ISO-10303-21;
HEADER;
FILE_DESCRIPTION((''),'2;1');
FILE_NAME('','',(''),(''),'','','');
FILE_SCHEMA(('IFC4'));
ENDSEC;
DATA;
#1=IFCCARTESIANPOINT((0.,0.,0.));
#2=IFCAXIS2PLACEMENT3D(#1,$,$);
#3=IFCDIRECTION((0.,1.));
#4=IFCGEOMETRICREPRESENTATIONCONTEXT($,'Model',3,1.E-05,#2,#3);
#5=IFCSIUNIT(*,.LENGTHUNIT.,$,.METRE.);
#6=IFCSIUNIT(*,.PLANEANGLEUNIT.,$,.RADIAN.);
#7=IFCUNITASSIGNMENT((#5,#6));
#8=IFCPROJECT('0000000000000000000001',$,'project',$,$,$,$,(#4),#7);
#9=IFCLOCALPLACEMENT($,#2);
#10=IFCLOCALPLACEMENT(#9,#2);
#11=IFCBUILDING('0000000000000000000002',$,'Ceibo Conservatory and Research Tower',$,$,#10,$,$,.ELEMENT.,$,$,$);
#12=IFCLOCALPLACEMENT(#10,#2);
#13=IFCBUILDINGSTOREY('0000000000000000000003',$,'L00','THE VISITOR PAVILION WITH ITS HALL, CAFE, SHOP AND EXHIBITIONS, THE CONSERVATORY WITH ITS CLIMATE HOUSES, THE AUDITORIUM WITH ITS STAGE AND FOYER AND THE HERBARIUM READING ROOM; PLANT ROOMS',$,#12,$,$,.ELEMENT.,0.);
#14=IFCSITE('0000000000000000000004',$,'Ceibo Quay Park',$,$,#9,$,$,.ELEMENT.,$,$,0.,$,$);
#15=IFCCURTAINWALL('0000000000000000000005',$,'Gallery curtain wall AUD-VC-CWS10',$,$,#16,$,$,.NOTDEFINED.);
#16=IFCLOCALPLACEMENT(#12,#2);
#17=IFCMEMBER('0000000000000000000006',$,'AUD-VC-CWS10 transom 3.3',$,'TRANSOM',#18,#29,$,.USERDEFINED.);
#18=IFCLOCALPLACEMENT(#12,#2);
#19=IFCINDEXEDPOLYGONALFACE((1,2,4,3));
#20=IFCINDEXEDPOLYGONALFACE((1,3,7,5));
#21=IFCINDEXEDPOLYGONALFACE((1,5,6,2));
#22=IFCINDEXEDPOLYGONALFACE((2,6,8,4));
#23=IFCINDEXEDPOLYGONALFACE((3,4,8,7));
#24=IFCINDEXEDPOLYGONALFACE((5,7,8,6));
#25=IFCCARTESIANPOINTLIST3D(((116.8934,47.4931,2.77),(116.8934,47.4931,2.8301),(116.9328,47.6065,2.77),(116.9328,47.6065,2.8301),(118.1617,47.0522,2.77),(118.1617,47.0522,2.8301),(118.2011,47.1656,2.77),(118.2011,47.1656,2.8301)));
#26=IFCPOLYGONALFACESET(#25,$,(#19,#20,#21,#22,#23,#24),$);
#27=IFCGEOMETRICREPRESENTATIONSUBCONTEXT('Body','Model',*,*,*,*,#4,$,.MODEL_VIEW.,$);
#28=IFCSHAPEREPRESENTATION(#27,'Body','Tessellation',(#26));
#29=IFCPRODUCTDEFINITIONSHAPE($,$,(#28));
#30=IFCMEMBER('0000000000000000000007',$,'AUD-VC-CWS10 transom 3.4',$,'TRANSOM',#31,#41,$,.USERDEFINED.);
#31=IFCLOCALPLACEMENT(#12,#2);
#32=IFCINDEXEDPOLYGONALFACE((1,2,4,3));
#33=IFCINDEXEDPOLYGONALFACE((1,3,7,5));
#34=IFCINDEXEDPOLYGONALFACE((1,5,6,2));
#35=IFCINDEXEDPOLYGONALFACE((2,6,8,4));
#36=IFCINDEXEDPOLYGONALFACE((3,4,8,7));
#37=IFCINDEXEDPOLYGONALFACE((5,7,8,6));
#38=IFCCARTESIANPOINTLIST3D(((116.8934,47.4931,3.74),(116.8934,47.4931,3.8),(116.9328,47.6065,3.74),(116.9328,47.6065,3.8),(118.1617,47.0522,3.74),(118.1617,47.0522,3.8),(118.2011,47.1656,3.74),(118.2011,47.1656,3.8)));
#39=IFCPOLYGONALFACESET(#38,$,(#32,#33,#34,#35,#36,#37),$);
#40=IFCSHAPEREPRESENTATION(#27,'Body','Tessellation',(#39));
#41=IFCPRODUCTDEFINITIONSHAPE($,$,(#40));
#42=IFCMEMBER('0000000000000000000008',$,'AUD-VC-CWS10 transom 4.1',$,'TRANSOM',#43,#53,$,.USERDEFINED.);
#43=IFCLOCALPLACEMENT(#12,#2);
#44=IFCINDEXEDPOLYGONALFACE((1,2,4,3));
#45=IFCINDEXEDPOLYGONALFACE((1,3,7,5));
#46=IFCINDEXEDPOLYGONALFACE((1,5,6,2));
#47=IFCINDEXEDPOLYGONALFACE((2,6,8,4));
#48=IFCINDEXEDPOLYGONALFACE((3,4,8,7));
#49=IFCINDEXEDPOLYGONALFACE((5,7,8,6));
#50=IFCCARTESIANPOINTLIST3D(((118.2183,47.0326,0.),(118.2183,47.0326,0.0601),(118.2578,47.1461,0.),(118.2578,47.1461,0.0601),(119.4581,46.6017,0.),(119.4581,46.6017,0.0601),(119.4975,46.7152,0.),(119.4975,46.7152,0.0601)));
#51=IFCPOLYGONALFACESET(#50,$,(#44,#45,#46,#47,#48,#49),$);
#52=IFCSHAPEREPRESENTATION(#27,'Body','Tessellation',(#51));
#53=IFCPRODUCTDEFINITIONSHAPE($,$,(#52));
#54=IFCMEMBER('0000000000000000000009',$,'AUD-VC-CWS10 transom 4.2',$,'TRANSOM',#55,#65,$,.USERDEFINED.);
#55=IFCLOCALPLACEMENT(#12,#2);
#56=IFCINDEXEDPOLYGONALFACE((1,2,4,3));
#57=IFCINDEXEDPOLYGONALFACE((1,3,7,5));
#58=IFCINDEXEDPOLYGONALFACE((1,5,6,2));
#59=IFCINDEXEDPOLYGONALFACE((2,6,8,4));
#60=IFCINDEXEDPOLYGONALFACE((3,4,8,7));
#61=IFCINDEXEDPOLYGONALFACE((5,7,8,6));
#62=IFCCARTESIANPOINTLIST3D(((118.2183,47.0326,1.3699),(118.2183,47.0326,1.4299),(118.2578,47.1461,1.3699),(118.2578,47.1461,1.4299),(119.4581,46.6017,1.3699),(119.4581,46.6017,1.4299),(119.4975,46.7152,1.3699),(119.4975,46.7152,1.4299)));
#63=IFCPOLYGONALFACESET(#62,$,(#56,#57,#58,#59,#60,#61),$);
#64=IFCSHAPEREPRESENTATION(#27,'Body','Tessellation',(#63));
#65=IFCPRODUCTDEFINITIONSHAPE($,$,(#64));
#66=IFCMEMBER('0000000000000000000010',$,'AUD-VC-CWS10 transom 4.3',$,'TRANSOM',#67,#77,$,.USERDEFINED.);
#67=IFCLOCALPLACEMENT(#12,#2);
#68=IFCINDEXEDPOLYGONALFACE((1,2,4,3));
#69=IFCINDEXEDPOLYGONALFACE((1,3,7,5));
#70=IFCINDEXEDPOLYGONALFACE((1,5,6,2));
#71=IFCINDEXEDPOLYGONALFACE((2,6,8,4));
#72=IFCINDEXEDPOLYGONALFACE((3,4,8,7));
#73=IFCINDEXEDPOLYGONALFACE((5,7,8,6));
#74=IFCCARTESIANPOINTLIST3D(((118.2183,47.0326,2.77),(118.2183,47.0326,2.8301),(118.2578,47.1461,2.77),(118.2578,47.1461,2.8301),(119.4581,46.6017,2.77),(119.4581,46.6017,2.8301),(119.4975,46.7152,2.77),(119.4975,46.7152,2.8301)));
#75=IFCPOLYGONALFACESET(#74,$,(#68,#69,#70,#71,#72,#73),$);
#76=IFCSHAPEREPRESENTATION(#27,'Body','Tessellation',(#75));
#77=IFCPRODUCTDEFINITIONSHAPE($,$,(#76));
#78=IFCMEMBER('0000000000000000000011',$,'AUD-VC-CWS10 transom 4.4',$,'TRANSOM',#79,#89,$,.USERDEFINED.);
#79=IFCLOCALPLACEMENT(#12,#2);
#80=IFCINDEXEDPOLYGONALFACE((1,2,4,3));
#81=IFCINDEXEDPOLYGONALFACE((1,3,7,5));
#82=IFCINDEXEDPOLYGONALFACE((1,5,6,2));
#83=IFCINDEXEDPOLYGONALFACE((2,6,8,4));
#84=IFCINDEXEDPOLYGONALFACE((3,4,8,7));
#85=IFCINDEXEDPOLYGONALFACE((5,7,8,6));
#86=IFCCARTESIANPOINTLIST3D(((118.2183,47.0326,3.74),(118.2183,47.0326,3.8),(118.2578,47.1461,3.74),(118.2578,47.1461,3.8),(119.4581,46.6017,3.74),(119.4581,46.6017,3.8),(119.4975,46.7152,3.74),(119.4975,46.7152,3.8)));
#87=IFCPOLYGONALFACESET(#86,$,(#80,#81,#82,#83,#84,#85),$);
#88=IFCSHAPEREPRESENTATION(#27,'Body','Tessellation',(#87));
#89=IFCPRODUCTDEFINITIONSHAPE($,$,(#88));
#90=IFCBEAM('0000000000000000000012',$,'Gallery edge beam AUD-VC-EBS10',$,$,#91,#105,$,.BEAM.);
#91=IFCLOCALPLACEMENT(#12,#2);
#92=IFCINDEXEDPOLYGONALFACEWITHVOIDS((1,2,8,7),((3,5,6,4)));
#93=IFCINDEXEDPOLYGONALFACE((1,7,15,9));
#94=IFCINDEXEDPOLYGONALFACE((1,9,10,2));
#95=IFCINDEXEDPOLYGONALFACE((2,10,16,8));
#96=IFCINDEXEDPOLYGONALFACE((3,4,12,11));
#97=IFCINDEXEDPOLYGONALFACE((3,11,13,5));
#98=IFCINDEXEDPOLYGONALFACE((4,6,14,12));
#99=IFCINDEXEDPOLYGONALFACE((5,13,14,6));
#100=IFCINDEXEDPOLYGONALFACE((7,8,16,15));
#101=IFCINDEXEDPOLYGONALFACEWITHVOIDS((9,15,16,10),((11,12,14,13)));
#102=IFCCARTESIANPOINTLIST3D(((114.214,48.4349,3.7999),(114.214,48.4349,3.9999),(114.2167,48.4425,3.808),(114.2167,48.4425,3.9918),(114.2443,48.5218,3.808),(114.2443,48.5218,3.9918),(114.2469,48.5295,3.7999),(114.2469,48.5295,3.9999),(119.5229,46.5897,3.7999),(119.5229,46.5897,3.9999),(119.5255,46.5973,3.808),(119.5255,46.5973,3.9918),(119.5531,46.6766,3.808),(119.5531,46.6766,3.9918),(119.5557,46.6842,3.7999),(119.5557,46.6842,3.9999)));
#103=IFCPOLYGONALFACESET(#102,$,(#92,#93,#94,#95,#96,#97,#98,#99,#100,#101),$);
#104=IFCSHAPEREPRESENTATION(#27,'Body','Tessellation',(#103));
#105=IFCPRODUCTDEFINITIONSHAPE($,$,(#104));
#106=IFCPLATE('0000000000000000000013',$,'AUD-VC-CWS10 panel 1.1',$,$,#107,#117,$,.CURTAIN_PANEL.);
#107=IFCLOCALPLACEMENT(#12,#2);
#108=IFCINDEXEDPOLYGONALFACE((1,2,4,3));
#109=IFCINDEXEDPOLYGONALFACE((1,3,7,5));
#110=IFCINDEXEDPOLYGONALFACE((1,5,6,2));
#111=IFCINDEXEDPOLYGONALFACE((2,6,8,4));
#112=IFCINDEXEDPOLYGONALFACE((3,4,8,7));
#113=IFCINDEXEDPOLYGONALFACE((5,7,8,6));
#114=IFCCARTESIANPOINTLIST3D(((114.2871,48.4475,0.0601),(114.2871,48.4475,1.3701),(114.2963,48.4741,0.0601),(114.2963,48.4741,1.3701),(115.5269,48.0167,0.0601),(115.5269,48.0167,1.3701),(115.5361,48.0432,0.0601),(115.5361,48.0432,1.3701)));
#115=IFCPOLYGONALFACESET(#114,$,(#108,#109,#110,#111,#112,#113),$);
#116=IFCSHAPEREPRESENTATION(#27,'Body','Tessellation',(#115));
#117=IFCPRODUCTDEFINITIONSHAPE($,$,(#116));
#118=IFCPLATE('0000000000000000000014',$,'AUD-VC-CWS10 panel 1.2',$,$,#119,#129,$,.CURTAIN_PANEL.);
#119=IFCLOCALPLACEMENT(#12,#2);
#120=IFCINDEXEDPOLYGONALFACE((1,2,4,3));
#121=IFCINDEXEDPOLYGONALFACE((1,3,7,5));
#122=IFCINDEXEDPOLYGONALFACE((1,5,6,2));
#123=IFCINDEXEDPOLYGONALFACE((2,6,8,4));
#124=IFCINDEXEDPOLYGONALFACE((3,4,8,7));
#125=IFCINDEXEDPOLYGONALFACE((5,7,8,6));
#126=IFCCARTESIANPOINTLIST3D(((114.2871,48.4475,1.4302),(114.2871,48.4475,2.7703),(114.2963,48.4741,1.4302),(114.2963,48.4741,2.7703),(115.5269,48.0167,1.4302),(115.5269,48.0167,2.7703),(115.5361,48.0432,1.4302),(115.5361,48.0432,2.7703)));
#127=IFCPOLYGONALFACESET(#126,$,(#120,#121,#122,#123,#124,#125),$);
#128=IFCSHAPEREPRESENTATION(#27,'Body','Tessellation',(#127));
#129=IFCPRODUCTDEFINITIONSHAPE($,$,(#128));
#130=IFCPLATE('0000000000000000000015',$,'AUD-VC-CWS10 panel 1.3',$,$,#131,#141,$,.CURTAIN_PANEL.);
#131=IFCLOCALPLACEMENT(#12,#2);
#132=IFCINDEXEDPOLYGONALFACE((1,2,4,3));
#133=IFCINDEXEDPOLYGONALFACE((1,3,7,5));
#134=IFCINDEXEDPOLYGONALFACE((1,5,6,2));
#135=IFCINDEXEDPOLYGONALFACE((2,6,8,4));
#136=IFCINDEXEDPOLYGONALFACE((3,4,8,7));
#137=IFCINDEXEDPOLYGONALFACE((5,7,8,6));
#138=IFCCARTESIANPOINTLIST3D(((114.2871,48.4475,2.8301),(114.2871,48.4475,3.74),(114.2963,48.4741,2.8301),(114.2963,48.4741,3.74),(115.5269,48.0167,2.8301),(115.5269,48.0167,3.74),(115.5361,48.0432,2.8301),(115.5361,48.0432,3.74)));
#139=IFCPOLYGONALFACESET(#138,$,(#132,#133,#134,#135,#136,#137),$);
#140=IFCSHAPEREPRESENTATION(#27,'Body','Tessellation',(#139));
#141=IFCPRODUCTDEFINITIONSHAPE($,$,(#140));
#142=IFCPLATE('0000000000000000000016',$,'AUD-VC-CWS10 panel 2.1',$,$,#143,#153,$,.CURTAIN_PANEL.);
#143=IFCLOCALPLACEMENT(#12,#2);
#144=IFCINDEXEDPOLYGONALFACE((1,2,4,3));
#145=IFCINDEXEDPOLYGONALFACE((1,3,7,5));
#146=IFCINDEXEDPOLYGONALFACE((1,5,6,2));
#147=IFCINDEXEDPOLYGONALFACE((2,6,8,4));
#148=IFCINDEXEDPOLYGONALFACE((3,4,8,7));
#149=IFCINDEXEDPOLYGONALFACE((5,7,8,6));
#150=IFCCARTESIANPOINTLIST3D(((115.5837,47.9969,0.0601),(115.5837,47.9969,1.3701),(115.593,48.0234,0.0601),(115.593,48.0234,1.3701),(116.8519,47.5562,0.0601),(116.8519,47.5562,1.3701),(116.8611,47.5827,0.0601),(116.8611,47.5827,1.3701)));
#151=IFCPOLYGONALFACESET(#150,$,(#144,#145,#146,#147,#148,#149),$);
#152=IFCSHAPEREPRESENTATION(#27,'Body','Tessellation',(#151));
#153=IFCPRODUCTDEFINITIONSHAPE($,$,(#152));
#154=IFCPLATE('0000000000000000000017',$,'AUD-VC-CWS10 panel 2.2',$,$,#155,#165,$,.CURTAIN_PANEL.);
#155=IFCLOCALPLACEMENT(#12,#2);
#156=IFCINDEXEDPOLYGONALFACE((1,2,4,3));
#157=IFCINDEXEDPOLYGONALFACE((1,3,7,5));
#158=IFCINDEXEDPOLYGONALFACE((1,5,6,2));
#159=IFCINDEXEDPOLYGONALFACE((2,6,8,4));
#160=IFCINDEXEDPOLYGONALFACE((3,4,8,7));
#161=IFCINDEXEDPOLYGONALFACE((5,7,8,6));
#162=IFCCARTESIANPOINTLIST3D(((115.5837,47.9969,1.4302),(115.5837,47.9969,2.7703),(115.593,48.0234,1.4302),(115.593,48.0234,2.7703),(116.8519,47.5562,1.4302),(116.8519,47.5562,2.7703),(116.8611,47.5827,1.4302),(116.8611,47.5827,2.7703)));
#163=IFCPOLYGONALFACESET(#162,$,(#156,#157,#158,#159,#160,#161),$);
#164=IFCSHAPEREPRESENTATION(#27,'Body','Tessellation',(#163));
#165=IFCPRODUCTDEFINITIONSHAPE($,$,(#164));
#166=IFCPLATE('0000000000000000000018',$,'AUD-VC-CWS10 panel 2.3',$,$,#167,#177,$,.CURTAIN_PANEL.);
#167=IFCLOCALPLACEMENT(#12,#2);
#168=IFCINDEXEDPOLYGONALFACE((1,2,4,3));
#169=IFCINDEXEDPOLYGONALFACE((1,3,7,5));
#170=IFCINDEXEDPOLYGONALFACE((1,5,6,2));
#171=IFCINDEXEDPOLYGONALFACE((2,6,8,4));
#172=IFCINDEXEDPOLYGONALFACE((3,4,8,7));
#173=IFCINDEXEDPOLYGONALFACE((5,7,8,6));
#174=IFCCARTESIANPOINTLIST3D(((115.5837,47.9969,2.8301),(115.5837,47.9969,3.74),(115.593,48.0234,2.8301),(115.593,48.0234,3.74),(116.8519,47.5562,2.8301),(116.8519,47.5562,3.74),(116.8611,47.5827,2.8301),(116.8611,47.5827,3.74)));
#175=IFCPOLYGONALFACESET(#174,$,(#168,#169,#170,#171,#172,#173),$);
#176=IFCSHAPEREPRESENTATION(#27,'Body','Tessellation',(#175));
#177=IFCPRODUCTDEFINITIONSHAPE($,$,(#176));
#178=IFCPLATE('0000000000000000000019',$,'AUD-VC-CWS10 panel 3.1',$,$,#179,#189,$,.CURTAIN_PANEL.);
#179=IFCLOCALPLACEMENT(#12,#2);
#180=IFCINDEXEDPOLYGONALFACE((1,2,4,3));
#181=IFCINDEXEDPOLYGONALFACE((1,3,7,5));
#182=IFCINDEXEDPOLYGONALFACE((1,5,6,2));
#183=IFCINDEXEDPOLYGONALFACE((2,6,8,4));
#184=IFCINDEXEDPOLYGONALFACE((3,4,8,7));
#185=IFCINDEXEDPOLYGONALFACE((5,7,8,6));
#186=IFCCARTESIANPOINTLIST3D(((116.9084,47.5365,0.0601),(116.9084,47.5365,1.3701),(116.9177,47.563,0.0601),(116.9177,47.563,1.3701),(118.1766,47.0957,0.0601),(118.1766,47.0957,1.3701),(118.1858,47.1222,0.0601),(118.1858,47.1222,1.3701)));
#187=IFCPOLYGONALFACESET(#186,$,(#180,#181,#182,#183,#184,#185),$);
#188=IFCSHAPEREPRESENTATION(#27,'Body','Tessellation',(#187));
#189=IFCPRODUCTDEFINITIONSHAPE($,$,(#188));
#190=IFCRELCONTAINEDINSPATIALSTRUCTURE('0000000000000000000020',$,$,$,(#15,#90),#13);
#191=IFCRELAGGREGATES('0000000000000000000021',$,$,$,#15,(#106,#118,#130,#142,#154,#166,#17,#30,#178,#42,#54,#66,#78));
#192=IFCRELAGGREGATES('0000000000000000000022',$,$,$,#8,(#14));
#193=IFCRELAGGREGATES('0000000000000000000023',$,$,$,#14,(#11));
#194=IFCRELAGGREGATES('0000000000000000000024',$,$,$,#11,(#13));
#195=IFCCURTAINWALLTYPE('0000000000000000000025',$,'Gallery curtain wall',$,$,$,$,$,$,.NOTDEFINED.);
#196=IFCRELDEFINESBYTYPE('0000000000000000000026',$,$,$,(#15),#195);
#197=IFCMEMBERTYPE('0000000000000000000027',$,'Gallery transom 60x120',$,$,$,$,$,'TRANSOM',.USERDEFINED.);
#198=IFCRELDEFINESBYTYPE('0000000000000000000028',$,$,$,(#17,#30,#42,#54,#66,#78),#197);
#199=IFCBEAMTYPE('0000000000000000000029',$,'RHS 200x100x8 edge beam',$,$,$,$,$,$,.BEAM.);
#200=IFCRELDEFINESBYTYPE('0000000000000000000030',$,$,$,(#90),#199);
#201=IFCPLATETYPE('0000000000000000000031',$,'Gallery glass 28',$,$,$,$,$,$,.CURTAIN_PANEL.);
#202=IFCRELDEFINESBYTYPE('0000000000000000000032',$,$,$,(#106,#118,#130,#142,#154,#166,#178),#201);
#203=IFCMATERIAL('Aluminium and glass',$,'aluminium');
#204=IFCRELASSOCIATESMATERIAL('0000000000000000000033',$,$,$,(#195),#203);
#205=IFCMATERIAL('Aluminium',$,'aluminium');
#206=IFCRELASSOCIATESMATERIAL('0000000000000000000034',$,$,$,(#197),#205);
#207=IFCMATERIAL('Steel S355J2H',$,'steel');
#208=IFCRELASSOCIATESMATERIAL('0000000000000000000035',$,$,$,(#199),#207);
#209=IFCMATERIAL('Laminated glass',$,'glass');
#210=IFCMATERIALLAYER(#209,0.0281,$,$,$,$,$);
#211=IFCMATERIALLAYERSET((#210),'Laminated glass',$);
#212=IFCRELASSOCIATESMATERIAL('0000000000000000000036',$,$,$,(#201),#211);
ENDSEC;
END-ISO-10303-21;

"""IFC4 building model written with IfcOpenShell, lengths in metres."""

from ifc_helpers import new_model, si_unit, direction, frame, origin, origin_2d, place, context, subcontext, project, spatial, rectangle, hollow_rectangle, extrude, material, layer, layer_set, material_profile, profile_set, type_object, element, aggregate, save


model = new_model("IFC4")

# Units and contexts
model_context = context("Model", 3, precision=1e-05, world=origin(), true_north=direction((0.0, 1.0)))
body_context = subcontext(model_context, "Body", "Model", "MODEL_VIEW")
ifc_project = project(units=[si_unit("LENGTHUNIT", "METRE"), si_unit("PLANEANGLEUNIT", "RADIAN")], contexts=[model_context])

# Site, building, storey
site_placement = place(None, origin())
site = spatial("IfcSite", under=ifc_project, at=site_placement, Name="Ceibo Quay Park", CompositionType="ELEMENT", RefElevation=0.0)
building_placement = place(site_placement, origin())
building = spatial("IfcBuilding", under=site, at=building_placement, Name="Ceibo Conservatory and Research Tower", CompositionType="ELEMENT")
storey_placement = place(building_placement, origin())
storey = spatial("IfcBuildingStorey", under=building, at=storey_placement, Name="L00", Description="THE VISITOR PAVILION WITH ITS HALL, CAFE, SHOP AND EXHIBITIONS, THE CONSERVATORY WITH ITS CLIMATE HOUSES, THE AUDITORIUM WITH ITS STAGE AND FOYER AND THE HERBARIUM READING ROOM; PLANT ROOMS", CompositionType="ELEMENT", Elevation=0.0)

# Curtain wall, members
ifc_material_1 = material(Name="Aluminium and glass", Category="aluminium")
curtain_wall_type = type_object("IfcCurtainWallType", Name="Gallery curtain wall", PredefinedType="NOTDEFINED", material=ifc_material_1)
curtain_wall_placement = place(storey_placement, origin())
curtain_wall = element("IfcCurtainWall", 1, at=curtain_wall_placement, inside=storey, type_object=curtain_wall_type, Name="Gallery curtain wall AUD-VC-CWS10", PredefinedType="NOTDEFINED")
ifc_material_2 = material(Name="Aluminium", Category="aluminium")
ifc_material_profile_1 = material_profile(ifc_material_2, rectangle(XDim=0.1201, YDim=0.0601, at=origin_2d()), Name="AL 60x120")
ifc_profile_set_1 = profile_set([ifc_material_profile_1], Name="Aluminium")
member_type_1 = type_object("IfcMemberType", Name="Gallery transom 60x120", ElementType="TRANSOM", PredefinedType="USERDEFINED", material=ifc_profile_set_1)
member_1_placement = place(storey_placement, frame((116.9131, 47.5498, 2.8), z_axis=(0.944551, -0.328365, 0.0), x_axis=(0.328365, 0.944551, 0.0)))
member_1 = element("IfcMember", 2, at=member_1_placement, type_object=member_type_1, Name="AUD-VC-CWS10 transom 3.3", ObjectType="TRANSOM", PredefinedType="USERDEFINED", context=body_context, shape_type="SweptSolid", body=[
    extrude(rectangle(XDim=0.1201, YDim=0.0601, at=origin_2d()), origin(), (0.0, 0.0, 1.0), 1.3428),
])
member_2_placement = place(storey_placement, frame((116.9131, 47.5498, 3.77), z_axis=(0.944551, -0.328365, 0.0), x_axis=(0.328365, 0.944551, 0.0)))
member_2 = element("IfcMember", 3, at=member_2_placement, type_object=member_type_1, Name="AUD-VC-CWS10 transom 3.4", ObjectType="TRANSOM", PredefinedType="USERDEFINED", context=body_context, shape_type="SweptSolid", body=[
    extrude(rectangle(XDim=0.1201, YDim=0.0601, at=origin_2d()), origin(), (0.0, 0.0, 1.0), 1.3428),
])
member_3_placement = place(storey_placement, frame((118.238, 47.0894, 0.03), z_axis=(0.94457, -0.328311, 0.0), x_axis=(0.328311, 0.94457, 0.0)))
member_3 = element("IfcMember", 4, at=member_3_placement, type_object=member_type_1, Name="AUD-VC-CWS10 transom 4.1", ObjectType="TRANSOM", PredefinedType="USERDEFINED", context=body_context, shape_type="SweptSolid", body=[
    extrude(rectangle(XDim=0.1201, YDim=0.0601, at=origin_2d()), origin(), (0.0, 0.0, 1.0), 1.3125),
])
member_4_placement = place(storey_placement, frame((118.238, 47.0894, 1.3999), z_axis=(0.94457, -0.328311, 0.0), x_axis=(0.328311, 0.94457, 0.0)))
member_4 = element("IfcMember", 5, at=member_4_placement, type_object=member_type_1, Name="AUD-VC-CWS10 transom 4.2", ObjectType="TRANSOM", PredefinedType="USERDEFINED", context=body_context, shape_type="SweptSolid", body=[
    extrude(rectangle(XDim=0.1201, YDim=0.0601, at=origin_2d()), origin(), (0.0, 0.0, 1.0), 1.3125),
])
member_5_placement = place(storey_placement, frame((118.238, 47.0894, 2.8), z_axis=(0.94457, -0.328311, 0.0), x_axis=(0.328311, 0.94457, 0.0)))
member_5 = element("IfcMember", 6, at=member_5_placement, type_object=member_type_1, Name="AUD-VC-CWS10 transom 4.3", ObjectType="TRANSOM", PredefinedType="USERDEFINED", context=body_context, shape_type="SweptSolid", body=[
    extrude(rectangle(XDim=0.1201, YDim=0.0601, at=origin_2d()), origin(), (0.0, 0.0, 1.0), 1.3125),
])
member_6_placement = place(storey_placement, frame((118.238, 47.0894, 3.77), z_axis=(0.94457, -0.328311, 0.0), x_axis=(0.328311, 0.94457, 0.0)))
member_6 = element("IfcMember", 7, at=member_6_placement, type_object=member_type_1, Name="AUD-VC-CWS10 transom 4.4", ObjectType="TRANSOM", PredefinedType="USERDEFINED", context=body_context, shape_type="SweptSolid", body=[
    extrude(rectangle(XDim=0.1201, YDim=0.0601, at=origin_2d()), origin(), (0.0, 0.0, 1.0), 1.3125),
])

# Beam
ifc_material_3 = material(Name="Steel S355J2H", Category="steel")
ifc_material_profile_2 = material_profile(ifc_material_3, hollow_rectangle(XDim=0.1001, YDim=0.2, WallThickness=0.0081, at=origin_2d()), Name="RHS 200x100x8 edge beam")
ifc_profile_set_2 = profile_set([ifc_material_profile_2], Name="Steel S355J2H")
beam_type = type_object("IfcBeamType", Name="RHS 200x100x8 edge beam", PredefinedType="BEAM", material=ifc_profile_set_2)
beam_placement = place(storey_placement, frame((114.2305, 48.4822, 3.8999), z_axis=(0.944571, -0.328308, 0.0), x_axis=(0.328308, 0.944571, 0.0)))
element("IfcBeam", 8, at=beam_placement, inside=storey, type_object=beam_type, Name="Gallery edge beam AUD-VC-EBS10", PredefinedType="BEAM", context=body_context, shape_type="SweptSolid", body=[
    extrude(hollow_rectangle(XDim=0.1001, YDim=0.2, WallThickness=0.0081, at=origin_2d()), origin(), (0.0, 0.0, 1.0), 5.6204),
])

# Plates
ifc_material_4 = material(Name="Laminated glass", Category="glass")
ifc_layer = layer(ifc_material_4, 0.0281)
ifc_layer_set = layer_set([ifc_layer], Name="Laminated glass")
plate_type = type_object("IfcPlateType", Name="Gallery glass 28", PredefinedType="CURTAIN_PANEL", material=ifc_layer_set)
plate_1_placement = place(storey_placement, frame((114.9116, 48.2454, 0.0601), z_axis=(0.0, 0.0, 1.0), x_axis=(0.944579, -0.328284, 0.0)))
plate_1 = element("IfcPlate", 9, at=plate_1_placement, type_object=plate_type, Name="AUD-VC-CWS10 panel 1.1", PredefinedType="CURTAIN_PANEL", context=body_context, shape_type="SweptSolid", body=[
    extrude(rectangle(XDim=1.3125, YDim=0.0281, at=origin_2d()), origin(), (0.0, 0.0, 1.0), 1.3101),
])
plate_2_placement = place(storey_placement, frame((114.9116, 48.2454, 1.4302), z_axis=(0.0, 0.0, 1.0), x_axis=(0.944579, -0.328284, 0.0)))
plate_2 = element("IfcPlate", 10, at=plate_2_placement, type_object=plate_type, Name="AUD-VC-CWS10 panel 1.2", PredefinedType="CURTAIN_PANEL", context=body_context, shape_type="SweptSolid", body=[
    extrude(rectangle(XDim=1.3125, YDim=0.0281, at=origin_2d()), origin(), (0.0, 0.0, 1.0), 1.3401),
])
plate_3_placement = place(storey_placement, frame((114.9116, 48.2454, 2.8301), z_axis=(0.0, 0.0, 1.0), x_axis=(0.944579, -0.328284, 0.0)))
plate_3 = element("IfcPlate", 11, at=plate_3_placement, type_object=plate_type, Name="AUD-VC-CWS10 panel 1.3", PredefinedType="CURTAIN_PANEL", context=body_context, shape_type="SweptSolid", body=[
    extrude(rectangle(XDim=1.3125, YDim=0.0281, at=origin_2d()), origin(), (0.0, 0.0, 1.0), 0.9099),
])
plate_4_placement = place(storey_placement, frame((116.2224, 47.7898, 0.0601), z_axis=(0.0, 0.0, 1.0), x_axis=(0.944579, -0.328284, 0.0)))
plate_4 = element("IfcPlate", 12, at=plate_4_placement, type_object=plate_type, Name="AUD-VC-CWS10 panel 2.1", PredefinedType="CURTAIN_PANEL", context=body_context, shape_type="SweptSolid", body=[
    extrude(rectangle(XDim=1.3425, YDim=0.0281, at=origin_2d()), origin(), (0.0, 0.0, 1.0), 1.3101),
])
plate_5_placement = place(storey_placement, frame((116.2224, 47.7898, 1.4302), z_axis=(0.0, 0.0, 1.0), x_axis=(0.944579, -0.328284, 0.0)))
plate_5 = element("IfcPlate", 13, at=plate_5_placement, type_object=plate_type, Name="AUD-VC-CWS10 panel 2.2", PredefinedType="CURTAIN_PANEL", context=body_context, shape_type="SweptSolid", body=[
    extrude(rectangle(XDim=1.3425, YDim=0.0281, at=origin_2d()), origin(), (0.0, 0.0, 1.0), 1.3401),
])
plate_6_placement = place(storey_placement, frame((116.2224, 47.7898, 2.8301), z_axis=(0.0, 0.0, 1.0), x_axis=(0.944579, -0.328284, 0.0)))
plate_6 = element("IfcPlate", 14, at=plate_6_placement, type_object=plate_type, Name="AUD-VC-CWS10 panel 2.3", PredefinedType="CURTAIN_PANEL", context=body_context, shape_type="SweptSolid", body=[
    extrude(rectangle(XDim=1.3425, YDim=0.0281, at=origin_2d()), origin(), (0.0, 0.0, 1.0), 0.9099),
])
plate_7_placement = place(storey_placement, frame((117.5471, 47.3293, 0.0601), z_axis=(0.0, 0.0, 1.0), x_axis=(0.944579, -0.328284, 0.0)))
plate_7 = element("IfcPlate", 15, at=plate_7_placement, type_object=plate_type, Name="AUD-VC-CWS10 panel 3.1", PredefinedType="CURTAIN_PANEL", context=body_context, shape_type="SweptSolid", body=[
    extrude(rectangle(XDim=1.3425, YDim=0.0281, at=origin_2d()), origin(), (0.0, 0.0, 1.0), 1.3101),
])
aggregate(curtain_wall, [plate_1, plate_2, plate_3, plate_4, plate_5, plate_6, member_1, member_2, plate_7, member_3, member_4, member_5, member_6])

save(model, "model.ifc")
